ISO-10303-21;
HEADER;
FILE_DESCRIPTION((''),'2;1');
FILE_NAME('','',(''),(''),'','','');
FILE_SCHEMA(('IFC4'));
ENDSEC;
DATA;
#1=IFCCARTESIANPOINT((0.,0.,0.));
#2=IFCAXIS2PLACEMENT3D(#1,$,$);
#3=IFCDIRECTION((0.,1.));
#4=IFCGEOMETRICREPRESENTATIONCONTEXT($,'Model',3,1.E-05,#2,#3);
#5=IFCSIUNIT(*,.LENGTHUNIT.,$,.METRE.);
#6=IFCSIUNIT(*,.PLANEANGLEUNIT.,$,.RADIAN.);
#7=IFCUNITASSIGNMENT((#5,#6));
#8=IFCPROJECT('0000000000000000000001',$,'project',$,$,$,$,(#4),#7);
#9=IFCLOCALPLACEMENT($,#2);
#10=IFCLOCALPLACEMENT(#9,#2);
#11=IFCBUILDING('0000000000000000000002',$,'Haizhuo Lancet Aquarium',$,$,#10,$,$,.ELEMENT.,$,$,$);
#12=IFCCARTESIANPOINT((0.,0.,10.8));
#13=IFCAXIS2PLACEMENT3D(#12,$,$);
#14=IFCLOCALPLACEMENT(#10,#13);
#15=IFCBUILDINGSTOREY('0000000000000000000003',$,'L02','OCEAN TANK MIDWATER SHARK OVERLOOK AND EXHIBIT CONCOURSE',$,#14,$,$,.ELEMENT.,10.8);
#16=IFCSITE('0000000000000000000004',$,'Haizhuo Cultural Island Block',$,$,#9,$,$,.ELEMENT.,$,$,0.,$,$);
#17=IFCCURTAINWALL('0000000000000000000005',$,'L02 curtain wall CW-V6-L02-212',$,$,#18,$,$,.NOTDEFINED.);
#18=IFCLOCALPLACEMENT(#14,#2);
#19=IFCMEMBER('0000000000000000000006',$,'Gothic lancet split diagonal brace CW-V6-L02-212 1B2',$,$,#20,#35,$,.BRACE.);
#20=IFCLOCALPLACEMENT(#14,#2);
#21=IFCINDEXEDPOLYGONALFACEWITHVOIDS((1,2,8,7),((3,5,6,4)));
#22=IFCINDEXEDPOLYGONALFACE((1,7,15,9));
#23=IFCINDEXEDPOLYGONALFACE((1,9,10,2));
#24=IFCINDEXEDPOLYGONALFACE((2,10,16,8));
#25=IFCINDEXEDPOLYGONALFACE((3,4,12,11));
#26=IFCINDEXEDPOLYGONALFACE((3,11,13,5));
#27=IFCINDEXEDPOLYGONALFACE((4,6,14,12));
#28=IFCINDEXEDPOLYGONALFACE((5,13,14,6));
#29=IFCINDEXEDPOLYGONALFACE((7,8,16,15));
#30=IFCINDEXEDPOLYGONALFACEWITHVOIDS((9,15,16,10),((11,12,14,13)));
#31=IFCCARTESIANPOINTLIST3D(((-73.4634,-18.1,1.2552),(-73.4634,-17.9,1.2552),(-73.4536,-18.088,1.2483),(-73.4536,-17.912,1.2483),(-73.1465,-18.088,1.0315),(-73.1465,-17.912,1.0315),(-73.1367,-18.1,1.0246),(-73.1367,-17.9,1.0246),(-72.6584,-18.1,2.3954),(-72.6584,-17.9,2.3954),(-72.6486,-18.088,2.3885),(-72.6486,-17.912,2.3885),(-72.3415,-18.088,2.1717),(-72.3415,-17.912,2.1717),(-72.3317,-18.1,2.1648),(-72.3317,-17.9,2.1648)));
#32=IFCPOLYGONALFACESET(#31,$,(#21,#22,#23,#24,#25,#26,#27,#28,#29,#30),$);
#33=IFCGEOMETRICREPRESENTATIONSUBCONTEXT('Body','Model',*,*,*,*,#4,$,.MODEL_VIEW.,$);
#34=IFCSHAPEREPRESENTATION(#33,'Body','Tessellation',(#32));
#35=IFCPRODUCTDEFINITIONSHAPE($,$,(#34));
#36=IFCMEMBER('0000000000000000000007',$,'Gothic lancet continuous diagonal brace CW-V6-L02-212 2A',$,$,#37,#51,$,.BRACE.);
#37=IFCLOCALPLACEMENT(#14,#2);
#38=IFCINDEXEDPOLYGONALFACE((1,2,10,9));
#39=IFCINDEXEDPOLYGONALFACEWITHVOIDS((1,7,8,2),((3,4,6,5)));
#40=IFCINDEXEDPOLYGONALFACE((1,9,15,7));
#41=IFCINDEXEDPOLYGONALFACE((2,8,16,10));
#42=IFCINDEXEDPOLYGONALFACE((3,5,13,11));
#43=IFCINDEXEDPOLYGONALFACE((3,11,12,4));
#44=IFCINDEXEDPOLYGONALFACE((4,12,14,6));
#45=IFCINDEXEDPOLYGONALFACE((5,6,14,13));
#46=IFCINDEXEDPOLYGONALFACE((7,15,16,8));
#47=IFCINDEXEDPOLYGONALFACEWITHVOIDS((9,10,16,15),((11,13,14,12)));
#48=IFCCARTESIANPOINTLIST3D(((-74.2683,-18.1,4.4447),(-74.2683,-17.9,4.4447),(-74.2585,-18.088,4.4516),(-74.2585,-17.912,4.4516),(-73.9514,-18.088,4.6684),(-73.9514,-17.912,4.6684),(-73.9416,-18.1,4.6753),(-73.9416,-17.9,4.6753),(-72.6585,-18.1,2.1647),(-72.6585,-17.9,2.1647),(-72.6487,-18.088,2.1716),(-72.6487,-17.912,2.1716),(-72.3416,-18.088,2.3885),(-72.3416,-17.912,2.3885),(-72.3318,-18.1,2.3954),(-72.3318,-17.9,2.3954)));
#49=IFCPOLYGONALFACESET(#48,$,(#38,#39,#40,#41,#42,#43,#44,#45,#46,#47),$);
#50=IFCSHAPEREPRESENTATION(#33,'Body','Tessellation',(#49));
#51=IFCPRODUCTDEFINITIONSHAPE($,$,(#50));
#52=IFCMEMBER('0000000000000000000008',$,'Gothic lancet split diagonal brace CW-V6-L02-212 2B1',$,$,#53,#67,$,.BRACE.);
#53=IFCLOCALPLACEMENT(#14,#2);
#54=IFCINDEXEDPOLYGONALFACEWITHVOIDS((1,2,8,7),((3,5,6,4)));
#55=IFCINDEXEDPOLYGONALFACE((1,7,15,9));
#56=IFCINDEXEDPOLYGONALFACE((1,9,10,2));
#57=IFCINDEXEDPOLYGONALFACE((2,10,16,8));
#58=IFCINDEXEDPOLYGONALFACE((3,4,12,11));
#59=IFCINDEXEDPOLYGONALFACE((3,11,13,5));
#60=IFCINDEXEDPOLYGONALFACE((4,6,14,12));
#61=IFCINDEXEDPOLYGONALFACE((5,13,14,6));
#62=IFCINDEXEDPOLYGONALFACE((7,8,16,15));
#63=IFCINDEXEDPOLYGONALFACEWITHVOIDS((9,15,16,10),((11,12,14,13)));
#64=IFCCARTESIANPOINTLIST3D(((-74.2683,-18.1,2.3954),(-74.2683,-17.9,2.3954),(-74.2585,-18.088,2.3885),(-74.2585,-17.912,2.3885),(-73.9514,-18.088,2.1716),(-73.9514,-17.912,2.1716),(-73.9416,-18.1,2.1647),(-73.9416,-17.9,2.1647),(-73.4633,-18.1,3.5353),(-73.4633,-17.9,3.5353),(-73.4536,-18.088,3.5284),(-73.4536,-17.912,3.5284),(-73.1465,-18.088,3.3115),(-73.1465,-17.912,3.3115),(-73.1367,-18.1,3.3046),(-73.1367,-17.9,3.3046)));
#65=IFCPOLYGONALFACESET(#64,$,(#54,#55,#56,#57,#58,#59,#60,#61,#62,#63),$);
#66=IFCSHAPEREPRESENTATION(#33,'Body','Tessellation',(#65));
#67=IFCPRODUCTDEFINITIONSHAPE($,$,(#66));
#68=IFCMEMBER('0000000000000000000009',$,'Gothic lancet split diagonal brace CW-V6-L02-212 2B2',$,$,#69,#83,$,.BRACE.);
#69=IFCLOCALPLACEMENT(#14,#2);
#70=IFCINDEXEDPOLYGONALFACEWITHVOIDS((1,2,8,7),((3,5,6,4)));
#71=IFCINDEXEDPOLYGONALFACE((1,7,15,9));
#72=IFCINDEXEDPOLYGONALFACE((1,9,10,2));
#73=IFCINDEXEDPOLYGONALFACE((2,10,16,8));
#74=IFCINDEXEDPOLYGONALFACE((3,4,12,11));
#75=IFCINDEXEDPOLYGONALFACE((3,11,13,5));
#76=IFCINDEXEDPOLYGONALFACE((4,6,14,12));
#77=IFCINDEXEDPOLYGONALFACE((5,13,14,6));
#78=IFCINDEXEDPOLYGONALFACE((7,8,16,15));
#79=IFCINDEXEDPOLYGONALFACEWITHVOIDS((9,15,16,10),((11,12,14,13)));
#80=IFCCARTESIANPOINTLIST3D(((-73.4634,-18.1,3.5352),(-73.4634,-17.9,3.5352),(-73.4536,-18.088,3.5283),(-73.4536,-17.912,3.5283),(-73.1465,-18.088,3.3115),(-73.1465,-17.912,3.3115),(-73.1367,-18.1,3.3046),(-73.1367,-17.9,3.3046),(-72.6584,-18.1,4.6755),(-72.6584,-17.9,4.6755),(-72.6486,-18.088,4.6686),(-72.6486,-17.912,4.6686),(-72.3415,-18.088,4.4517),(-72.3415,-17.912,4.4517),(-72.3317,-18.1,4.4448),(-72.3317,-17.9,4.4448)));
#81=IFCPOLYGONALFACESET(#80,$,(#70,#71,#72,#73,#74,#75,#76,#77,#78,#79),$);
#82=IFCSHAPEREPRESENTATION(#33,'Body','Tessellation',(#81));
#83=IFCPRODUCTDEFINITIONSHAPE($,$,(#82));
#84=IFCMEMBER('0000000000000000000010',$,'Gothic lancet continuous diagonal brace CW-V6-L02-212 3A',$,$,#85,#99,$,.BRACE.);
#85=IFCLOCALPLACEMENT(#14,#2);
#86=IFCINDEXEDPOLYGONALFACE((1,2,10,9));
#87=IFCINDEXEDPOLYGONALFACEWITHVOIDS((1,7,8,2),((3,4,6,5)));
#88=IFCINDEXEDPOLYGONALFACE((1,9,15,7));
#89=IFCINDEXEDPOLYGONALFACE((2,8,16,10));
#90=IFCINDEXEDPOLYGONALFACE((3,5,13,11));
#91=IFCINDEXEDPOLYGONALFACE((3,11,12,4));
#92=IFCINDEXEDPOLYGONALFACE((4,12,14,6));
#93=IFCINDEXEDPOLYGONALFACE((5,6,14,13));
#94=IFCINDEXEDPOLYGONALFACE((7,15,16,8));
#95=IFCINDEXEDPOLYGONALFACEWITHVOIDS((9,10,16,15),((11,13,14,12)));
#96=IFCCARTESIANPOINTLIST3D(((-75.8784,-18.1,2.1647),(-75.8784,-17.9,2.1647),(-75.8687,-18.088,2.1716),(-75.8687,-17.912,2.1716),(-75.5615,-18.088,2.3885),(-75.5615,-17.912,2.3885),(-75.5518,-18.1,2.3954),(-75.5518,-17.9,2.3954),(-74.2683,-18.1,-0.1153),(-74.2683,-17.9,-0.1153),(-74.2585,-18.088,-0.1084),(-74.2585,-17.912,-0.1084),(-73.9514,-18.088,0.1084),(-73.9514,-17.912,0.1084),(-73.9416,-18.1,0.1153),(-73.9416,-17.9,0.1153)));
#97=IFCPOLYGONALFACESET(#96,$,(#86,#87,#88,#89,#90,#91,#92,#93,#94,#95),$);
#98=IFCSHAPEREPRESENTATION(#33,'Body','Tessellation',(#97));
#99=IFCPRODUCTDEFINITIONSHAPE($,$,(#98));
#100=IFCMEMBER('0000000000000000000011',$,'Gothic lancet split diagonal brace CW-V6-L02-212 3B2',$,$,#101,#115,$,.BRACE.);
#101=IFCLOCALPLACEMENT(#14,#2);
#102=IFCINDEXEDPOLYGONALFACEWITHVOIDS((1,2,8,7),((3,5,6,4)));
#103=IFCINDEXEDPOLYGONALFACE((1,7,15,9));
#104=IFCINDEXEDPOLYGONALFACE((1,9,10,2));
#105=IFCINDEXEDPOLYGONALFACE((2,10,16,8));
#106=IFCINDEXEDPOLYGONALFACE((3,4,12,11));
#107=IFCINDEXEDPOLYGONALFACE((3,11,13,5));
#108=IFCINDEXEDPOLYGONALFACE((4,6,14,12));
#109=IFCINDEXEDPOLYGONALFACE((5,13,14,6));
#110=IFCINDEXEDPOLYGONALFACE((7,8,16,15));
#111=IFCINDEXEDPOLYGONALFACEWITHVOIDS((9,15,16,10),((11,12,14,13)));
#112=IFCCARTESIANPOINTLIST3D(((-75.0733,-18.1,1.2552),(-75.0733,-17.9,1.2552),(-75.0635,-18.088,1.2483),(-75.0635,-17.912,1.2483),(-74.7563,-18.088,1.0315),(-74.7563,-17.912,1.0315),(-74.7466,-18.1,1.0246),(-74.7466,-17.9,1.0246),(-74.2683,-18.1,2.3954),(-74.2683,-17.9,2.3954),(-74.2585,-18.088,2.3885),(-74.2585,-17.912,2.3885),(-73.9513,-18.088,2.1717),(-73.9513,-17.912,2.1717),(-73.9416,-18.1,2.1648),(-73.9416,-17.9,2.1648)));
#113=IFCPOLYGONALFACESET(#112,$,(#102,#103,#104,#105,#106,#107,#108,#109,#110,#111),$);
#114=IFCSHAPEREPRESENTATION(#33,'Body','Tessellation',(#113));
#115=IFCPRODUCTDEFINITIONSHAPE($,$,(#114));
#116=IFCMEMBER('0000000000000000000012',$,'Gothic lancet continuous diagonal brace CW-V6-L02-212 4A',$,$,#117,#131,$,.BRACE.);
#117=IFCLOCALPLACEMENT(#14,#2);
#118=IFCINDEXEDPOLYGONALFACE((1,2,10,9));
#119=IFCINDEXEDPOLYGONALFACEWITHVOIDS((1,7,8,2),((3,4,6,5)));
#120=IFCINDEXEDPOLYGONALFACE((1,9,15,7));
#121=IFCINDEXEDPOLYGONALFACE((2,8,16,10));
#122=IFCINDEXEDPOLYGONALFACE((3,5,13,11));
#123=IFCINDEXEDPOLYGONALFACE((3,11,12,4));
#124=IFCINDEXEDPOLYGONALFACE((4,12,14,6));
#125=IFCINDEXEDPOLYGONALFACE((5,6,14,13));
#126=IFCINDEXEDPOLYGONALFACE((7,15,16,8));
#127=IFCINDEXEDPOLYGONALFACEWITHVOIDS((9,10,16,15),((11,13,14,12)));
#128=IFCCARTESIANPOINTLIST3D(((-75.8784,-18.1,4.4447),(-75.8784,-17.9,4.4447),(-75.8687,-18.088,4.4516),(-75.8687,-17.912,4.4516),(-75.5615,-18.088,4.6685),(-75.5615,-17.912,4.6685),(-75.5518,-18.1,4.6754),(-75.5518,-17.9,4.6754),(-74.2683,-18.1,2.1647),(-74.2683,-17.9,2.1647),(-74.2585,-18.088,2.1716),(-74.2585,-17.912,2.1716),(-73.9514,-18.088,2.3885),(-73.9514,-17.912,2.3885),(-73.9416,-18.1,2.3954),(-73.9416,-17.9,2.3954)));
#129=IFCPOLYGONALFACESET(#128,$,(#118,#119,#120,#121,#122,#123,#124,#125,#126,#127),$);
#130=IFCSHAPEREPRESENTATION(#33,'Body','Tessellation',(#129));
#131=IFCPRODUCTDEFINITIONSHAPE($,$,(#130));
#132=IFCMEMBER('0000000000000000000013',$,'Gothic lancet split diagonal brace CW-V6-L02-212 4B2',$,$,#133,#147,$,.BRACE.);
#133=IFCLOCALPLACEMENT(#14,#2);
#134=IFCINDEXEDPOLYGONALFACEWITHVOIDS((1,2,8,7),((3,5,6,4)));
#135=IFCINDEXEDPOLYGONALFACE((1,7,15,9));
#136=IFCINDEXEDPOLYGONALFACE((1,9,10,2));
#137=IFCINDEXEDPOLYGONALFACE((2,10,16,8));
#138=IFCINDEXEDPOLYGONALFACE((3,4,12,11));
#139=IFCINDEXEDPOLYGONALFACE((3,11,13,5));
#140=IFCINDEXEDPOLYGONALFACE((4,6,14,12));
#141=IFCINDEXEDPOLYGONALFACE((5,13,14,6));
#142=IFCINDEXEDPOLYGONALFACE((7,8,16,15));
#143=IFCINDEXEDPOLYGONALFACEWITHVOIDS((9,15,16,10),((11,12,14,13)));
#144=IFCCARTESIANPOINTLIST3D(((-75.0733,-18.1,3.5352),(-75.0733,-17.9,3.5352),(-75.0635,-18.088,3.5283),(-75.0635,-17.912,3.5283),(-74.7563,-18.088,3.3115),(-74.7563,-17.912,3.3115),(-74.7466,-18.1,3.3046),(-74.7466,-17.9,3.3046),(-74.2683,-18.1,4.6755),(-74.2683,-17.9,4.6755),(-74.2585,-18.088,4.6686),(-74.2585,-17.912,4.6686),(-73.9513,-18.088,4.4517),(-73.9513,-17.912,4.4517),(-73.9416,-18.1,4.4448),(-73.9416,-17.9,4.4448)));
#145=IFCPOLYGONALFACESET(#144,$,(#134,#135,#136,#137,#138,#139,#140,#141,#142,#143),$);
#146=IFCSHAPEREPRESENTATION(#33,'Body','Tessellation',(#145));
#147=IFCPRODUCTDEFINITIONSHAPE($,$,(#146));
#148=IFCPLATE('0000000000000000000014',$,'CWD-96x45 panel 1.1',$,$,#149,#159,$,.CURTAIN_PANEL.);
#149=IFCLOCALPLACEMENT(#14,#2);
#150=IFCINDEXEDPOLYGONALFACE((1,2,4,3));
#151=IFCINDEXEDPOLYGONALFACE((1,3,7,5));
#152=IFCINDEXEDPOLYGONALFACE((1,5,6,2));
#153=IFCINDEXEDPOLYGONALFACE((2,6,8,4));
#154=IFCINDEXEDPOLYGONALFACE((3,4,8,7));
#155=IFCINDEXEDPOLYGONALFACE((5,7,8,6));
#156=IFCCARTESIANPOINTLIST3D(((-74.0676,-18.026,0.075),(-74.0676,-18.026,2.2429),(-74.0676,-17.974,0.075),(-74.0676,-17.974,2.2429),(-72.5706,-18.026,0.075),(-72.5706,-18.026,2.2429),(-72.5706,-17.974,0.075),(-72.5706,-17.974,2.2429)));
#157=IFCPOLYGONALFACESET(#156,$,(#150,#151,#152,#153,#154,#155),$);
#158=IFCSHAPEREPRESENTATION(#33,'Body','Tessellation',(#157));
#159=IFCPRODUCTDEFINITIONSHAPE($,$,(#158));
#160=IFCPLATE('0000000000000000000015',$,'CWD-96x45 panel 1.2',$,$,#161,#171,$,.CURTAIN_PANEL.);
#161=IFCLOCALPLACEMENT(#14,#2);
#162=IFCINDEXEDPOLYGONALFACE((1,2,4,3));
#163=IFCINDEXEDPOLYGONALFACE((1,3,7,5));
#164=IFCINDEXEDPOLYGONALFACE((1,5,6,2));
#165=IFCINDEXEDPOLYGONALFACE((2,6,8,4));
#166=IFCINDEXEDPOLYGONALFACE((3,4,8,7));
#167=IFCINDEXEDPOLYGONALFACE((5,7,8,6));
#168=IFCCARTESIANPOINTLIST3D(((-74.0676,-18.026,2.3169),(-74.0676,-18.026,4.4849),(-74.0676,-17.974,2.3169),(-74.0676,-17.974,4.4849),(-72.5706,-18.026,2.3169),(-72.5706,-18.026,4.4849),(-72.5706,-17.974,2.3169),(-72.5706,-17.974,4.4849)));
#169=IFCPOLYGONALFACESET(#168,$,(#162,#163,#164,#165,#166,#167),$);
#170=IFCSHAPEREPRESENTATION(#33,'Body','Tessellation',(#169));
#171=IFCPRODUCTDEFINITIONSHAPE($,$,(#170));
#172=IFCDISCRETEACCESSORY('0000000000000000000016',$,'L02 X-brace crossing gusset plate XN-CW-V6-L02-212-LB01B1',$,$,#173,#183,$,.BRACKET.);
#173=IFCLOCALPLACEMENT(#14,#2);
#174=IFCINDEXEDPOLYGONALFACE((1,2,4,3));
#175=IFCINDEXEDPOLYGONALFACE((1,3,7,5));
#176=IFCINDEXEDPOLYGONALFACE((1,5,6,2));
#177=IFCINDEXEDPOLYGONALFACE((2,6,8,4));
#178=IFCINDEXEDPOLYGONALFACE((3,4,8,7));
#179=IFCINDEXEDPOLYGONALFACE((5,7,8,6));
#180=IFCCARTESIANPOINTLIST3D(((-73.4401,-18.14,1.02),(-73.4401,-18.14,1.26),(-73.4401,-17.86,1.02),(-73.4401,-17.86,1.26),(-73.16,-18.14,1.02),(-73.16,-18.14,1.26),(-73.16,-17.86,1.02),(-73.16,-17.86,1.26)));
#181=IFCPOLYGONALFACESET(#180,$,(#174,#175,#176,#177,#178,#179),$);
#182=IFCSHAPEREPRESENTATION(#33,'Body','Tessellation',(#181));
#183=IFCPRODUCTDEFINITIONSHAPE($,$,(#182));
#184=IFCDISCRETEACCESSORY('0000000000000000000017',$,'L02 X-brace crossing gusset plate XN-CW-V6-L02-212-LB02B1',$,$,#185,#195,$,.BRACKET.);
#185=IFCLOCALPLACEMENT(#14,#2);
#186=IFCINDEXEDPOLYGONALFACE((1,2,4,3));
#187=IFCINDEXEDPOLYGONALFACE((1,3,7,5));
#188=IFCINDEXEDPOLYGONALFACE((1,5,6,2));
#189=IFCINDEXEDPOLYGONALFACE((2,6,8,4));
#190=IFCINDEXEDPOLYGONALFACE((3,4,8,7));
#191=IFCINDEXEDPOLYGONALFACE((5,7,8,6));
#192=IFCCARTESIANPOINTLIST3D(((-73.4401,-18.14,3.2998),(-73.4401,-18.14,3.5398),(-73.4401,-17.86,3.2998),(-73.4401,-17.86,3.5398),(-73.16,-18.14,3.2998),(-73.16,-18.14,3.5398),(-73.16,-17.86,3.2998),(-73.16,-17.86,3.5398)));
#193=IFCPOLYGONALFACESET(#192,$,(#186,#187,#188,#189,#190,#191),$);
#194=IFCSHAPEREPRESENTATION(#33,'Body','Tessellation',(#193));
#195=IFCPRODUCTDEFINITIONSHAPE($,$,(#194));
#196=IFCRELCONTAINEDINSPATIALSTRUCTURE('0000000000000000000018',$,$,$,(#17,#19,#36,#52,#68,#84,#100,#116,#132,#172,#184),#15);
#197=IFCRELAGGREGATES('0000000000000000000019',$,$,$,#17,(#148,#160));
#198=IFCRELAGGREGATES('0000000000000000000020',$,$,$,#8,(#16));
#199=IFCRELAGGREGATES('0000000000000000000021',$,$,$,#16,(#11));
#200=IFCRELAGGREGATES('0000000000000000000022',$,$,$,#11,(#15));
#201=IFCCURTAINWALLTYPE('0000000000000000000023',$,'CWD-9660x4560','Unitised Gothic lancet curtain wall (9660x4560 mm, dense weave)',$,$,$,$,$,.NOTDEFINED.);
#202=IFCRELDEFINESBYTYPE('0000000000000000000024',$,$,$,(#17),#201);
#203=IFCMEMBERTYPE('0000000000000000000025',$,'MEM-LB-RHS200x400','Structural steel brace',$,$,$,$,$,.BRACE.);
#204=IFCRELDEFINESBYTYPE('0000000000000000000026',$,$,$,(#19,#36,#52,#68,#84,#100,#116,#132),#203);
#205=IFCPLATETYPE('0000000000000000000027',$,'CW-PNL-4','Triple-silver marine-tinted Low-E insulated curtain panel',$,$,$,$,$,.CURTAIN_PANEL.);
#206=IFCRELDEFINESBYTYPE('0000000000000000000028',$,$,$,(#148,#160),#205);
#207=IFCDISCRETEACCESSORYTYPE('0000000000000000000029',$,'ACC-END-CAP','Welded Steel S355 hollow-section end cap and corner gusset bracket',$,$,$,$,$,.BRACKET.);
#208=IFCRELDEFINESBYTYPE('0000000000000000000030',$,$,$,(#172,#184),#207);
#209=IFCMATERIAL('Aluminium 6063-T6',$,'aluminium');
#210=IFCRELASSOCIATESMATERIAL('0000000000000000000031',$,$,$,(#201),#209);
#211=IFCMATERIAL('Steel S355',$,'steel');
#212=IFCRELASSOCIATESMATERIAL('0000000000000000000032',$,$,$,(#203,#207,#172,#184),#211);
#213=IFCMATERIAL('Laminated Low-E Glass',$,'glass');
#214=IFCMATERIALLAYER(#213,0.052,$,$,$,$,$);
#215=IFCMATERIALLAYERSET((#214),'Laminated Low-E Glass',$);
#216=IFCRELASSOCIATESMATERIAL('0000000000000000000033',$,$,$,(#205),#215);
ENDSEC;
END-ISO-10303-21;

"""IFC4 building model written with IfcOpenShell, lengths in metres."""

from ifc_helpers import new_model, si_unit, direction, frame, origin, origin_2d, place, context, subcontext, project, spatial, rectangle, hollow_rectangle, extrude, material, layer, layer_set, material_profile, profile_set, type_object, element, aggregate, save


model = new_model("IFC4")

# Units and contexts
model_context = context("Model", 3, precision=1e-05, world=origin(), true_north=direction((0.0, 1.0)))
body_context = subcontext(model_context, "Body", "Model", "MODEL_VIEW")
ifc_project = project(units=[si_unit("LENGTHUNIT", "METRE"), si_unit("PLANEANGLEUNIT", "RADIAN")], contexts=[model_context])

# Site, building, storey
site_placement = place(None, origin())
site = spatial("IfcSite", under=ifc_project, at=site_placement, Name="Haizhuo Cultural Island Block", CompositionType="ELEMENT", RefElevation=0.0)
building_placement = place(site_placement, origin())
building = spatial("IfcBuilding", under=site, at=building_placement, Name="Haizhuo Lancet Aquarium", CompositionType="ELEMENT")
storey_placement = place(building_placement, frame((0.0, 0.0, 10.8)))
storey = spatial("IfcBuildingStorey", under=building, at=storey_placement, Name="L02", Description="OCEAN TANK MIDWATER SHARK OVERLOOK AND EXHIBIT CONCOURSE", CompositionType="ELEMENT", Elevation=10.8)

# Curtain wall
ifc_material_1 = material(Name="Aluminium 6063-T6", Category="aluminium")
curtain_wall_type = type_object("IfcCurtainWallType", Name="CWD-9660x4560", Description="Unitised Gothic lancet curtain wall (9660x4560 mm, dense weave)", PredefinedType="NOTDEFINED", material=ifc_material_1)
curtain_wall_placement = place(storey_placement, origin())
curtain_wall = element("IfcCurtainWall", 1, at=curtain_wall_placement, inside=storey, type_object=curtain_wall_type, Name="L02 curtain wall CW-V6-L02-212", PredefinedType="NOTDEFINED")

# Members
ifc_material_2 = material(Name="Steel S355", Category="steel")
ifc_material_profile_1 = material_profile(ifc_material_2, hollow_rectangle(XDim=0.2, YDim=0.3999, WallThickness=0.012, at=origin_2d()), Name="RHS 200x400x12")
ifc_profile_set_1 = profile_set([ifc_material_profile_1], Name="Steel S355")
member_type_1 = type_object("IfcMemberType", Name="MEM-LB-RHS200x400", Description="Structural steel brace", PredefinedType="BRACE", material=ifc_profile_set_1)
member_1_placement = place(storey_placement, frame((-73.3, -18.0, 1.1399), z_axis=(0.576745, 0.0, 0.816924), x_axis=(0.0, 1.0, 0.0)))
element("IfcMember", 2, at=member_1_placement, inside=storey, type_object=member_type_1, Name="Gothic lancet split diagonal brace CW-V6-L02-212 1B2", PredefinedType="BRACE", context=body_context, shape_type="SweptSolid", body=[
    extrude(hollow_rectangle(XDim=0.2, YDim=0.3999, WallThickness=0.012, at=origin_2d()), origin(), (0.0, 0.0, 1.0), 1.3958),
])
member_2_placement = place(storey_placement, frame((-72.4951, -18.0, 2.28), z_axis=(-0.576786, 0.0, 0.816895), x_axis=(0.0, -1.0, 0.0)))
element("IfcMember", 3, at=member_2_placement, inside=storey, type_object=member_type_1, Name="Gothic lancet continuous diagonal brace CW-V6-L02-212 2A", PredefinedType="BRACE", context=body_context, shape_type="SweptSolid", body=[
    extrude(hollow_rectangle(XDim=0.2, YDim=0.3999, WallThickness=0.012, at=origin_2d()), origin(), (0.0, 0.0, 1.0), 2.791),
])
member_3_placement = place(storey_placement, frame((-74.105, -18.0, 2.28), z_axis=(0.576827, 0.0, 0.816866), x_axis=(0.0, 1.0, 0.0)))
element("IfcMember", 4, at=member_3_placement, inside=storey, type_object=member_type_1, Name="Gothic lancet split diagonal brace CW-V6-L02-212 2B1", PredefinedType="BRACE", context=body_context, shape_type="SweptSolid", body=[
    extrude(hollow_rectangle(XDim=0.2, YDim=0.3999, WallThickness=0.012, at=origin_2d()), origin(), (0.0, 0.0, 1.0), 1.3955),
])
member_4_placement = place(storey_placement, frame((-73.3, -18.0, 3.4199), z_axis=(0.576745, 0.0, 0.816924), x_axis=(0.0, 1.0, 0.0)))
element("IfcMember", 5, at=member_4_placement, inside=storey, type_object=member_type_1, Name="Gothic lancet split diagonal brace CW-V6-L02-212 2B2", PredefinedType="BRACE", context=body_context, shape_type="SweptSolid", body=[
    extrude(hollow_rectangle(XDim=0.2, YDim=0.3999, WallThickness=0.012, at=origin_2d()), origin(), (0.0, 0.0, 1.0), 1.3958),
])
member_5_placement = place(storey_placement, frame((-74.105, -18.0, 0.0), z_axis=(-0.576845, 0.0, 0.816854), x_axis=(0.0, -1.0, 0.0)))
element("IfcMember", 6, at=member_5_placement, inside=storey, type_object=member_type_1, Name="Gothic lancet continuous diagonal brace CW-V6-L02-212 3A", PredefinedType="BRACE", context=body_context, shape_type="SweptSolid", body=[
    extrude(hollow_rectangle(XDim=0.2, YDim=0.3999, WallThickness=0.012, at=origin_2d()), origin(), (0.0, 0.0, 1.0), 2.7913),
])
member_6_placement = place(storey_placement, frame((-74.9099, -18.0, 1.1399), z_axis=(0.576745, 0.0, 0.816924), x_axis=(0.0, 1.0, 0.0)))
element("IfcMember", 7, at=member_6_placement, inside=storey, type_object=member_type_1, Name="Gothic lancet split diagonal brace CW-V6-L02-212 3B2", PredefinedType="BRACE", context=body_context, shape_type="SweptSolid", body=[
    extrude(hollow_rectangle(XDim=0.2, YDim=0.3999, WallThickness=0.012, at=origin_2d()), origin(), (0.0, 0.0, 1.0), 1.3958),
])
member_7_placement = place(storey_placement, frame((-74.105, -18.0, 2.28), z_axis=(-0.576845, 0.0, 0.816854), x_axis=(0.0, -1.0, 0.0)))
element("IfcMember", 8, at=member_7_placement, inside=storey, type_object=member_type_1, Name="Gothic lancet continuous diagonal brace CW-V6-L02-212 4A", PredefinedType="BRACE", context=body_context, shape_type="SweptSolid", body=[
    extrude(hollow_rectangle(XDim=0.2, YDim=0.3999, WallThickness=0.012, at=origin_2d()), origin(), (0.0, 0.0, 1.0), 2.7913),
])
member_8_placement = place(storey_placement, frame((-74.9099, -18.0, 3.4199), z_axis=(0.576745, 0.0, 0.816924), x_axis=(0.0, 1.0, 0.0)))
element("IfcMember", 9, at=member_8_placement, inside=storey, type_object=member_type_1, Name="Gothic lancet split diagonal brace CW-V6-L02-212 4B2", PredefinedType="BRACE", context=body_context, shape_type="SweptSolid", body=[
    extrude(hollow_rectangle(XDim=0.2, YDim=0.3999, WallThickness=0.012, at=origin_2d()), origin(), (0.0, 0.0, 1.0), 1.3958),
])

# Plates
ifc_material_3 = material(Name="Laminated Low-E Glass", Category="glass")
ifc_layer = layer(ifc_material_3, 0.052)
ifc_layer_set = layer_set([ifc_layer], Name="Laminated Low-E Glass")
plate_type = type_object("IfcPlateType", Name="CW-PNL-4", Description="Triple-silver marine-tinted Low-E insulated curtain panel", PredefinedType="CURTAIN_PANEL", material=ifc_layer_set)
plate_1_placement = place(storey_placement, frame((-73.3191, -18.0, 0.075), z_axis=(0.0, 0.0, 1.0), x_axis=(-1.0, 0.0, 0.0)))
plate_1 = element("IfcPlate", 10, at=plate_1_placement, type_object=plate_type, Name="CWD-96x45 panel 1.1", PredefinedType="CURTAIN_PANEL", context=body_context, shape_type="SweptSolid", body=[
    extrude(rectangle(XDim=1.4971, YDim=0.052, at=origin_2d()), origin(), (0.0, 0.0, 1.0), 2.168),
])
plate_2_placement = place(storey_placement, frame((-73.3191, -18.0, 2.3169), z_axis=(0.0, 0.0, 1.0), x_axis=(-1.0, 0.0, 0.0)))
plate_2 = element("IfcPlate", 11, at=plate_2_placement, type_object=plate_type, Name="CWD-96x45 panel 1.2", PredefinedType="CURTAIN_PANEL", context=body_context, shape_type="SweptSolid", body=[
    extrude(rectangle(XDim=1.4971, YDim=0.052, at=origin_2d()), origin(), (0.0, 0.0, 1.0), 2.168),
])
aggregate(curtain_wall, [plate_1, plate_2])

# Discrete accessories
discrete_accessory_type = type_object("IfcDiscreteAccessoryType", Name="ACC-END-CAP", Description="Welded Steel S355 hollow-section end cap and corner gusset bracket", PredefinedType="BRACKET", material=ifc_material_2)
for number, where, z_axis, x_axis, name in (
    (12, (-73.3, -18.0, 1.02), (0.0, 0.0, 1.0), (1.0, 0.0, 0.0), "L02 X-brace crossing gusset plate XN-CW-V6-L02-212-LB01B1"),
    (13, (-73.3, -18.0, 3.2998), (0.0, 0.0, 1.0), (1.0, 0.0, 0.0), "L02 X-brace crossing gusset plate XN-CW-V6-L02-212-LB02B1"),
):
    element("IfcDiscreteAccessory", number, at=place(storey_placement, frame(where, z_axis=z_axis, x_axis=x_axis)), inside=storey, type_object=discrete_accessory_type, material=ifc_material_2, Name=name, PredefinedType="BRACKET", context=body_context, shape_type="SweptSolid", body=[
        extrude(rectangle(XDim=0.28, YDim=0.28, at=origin_2d()), origin(), (0.0, 0.0, 1.0), 0.24),
    ])

save(model, "model.ifc")
